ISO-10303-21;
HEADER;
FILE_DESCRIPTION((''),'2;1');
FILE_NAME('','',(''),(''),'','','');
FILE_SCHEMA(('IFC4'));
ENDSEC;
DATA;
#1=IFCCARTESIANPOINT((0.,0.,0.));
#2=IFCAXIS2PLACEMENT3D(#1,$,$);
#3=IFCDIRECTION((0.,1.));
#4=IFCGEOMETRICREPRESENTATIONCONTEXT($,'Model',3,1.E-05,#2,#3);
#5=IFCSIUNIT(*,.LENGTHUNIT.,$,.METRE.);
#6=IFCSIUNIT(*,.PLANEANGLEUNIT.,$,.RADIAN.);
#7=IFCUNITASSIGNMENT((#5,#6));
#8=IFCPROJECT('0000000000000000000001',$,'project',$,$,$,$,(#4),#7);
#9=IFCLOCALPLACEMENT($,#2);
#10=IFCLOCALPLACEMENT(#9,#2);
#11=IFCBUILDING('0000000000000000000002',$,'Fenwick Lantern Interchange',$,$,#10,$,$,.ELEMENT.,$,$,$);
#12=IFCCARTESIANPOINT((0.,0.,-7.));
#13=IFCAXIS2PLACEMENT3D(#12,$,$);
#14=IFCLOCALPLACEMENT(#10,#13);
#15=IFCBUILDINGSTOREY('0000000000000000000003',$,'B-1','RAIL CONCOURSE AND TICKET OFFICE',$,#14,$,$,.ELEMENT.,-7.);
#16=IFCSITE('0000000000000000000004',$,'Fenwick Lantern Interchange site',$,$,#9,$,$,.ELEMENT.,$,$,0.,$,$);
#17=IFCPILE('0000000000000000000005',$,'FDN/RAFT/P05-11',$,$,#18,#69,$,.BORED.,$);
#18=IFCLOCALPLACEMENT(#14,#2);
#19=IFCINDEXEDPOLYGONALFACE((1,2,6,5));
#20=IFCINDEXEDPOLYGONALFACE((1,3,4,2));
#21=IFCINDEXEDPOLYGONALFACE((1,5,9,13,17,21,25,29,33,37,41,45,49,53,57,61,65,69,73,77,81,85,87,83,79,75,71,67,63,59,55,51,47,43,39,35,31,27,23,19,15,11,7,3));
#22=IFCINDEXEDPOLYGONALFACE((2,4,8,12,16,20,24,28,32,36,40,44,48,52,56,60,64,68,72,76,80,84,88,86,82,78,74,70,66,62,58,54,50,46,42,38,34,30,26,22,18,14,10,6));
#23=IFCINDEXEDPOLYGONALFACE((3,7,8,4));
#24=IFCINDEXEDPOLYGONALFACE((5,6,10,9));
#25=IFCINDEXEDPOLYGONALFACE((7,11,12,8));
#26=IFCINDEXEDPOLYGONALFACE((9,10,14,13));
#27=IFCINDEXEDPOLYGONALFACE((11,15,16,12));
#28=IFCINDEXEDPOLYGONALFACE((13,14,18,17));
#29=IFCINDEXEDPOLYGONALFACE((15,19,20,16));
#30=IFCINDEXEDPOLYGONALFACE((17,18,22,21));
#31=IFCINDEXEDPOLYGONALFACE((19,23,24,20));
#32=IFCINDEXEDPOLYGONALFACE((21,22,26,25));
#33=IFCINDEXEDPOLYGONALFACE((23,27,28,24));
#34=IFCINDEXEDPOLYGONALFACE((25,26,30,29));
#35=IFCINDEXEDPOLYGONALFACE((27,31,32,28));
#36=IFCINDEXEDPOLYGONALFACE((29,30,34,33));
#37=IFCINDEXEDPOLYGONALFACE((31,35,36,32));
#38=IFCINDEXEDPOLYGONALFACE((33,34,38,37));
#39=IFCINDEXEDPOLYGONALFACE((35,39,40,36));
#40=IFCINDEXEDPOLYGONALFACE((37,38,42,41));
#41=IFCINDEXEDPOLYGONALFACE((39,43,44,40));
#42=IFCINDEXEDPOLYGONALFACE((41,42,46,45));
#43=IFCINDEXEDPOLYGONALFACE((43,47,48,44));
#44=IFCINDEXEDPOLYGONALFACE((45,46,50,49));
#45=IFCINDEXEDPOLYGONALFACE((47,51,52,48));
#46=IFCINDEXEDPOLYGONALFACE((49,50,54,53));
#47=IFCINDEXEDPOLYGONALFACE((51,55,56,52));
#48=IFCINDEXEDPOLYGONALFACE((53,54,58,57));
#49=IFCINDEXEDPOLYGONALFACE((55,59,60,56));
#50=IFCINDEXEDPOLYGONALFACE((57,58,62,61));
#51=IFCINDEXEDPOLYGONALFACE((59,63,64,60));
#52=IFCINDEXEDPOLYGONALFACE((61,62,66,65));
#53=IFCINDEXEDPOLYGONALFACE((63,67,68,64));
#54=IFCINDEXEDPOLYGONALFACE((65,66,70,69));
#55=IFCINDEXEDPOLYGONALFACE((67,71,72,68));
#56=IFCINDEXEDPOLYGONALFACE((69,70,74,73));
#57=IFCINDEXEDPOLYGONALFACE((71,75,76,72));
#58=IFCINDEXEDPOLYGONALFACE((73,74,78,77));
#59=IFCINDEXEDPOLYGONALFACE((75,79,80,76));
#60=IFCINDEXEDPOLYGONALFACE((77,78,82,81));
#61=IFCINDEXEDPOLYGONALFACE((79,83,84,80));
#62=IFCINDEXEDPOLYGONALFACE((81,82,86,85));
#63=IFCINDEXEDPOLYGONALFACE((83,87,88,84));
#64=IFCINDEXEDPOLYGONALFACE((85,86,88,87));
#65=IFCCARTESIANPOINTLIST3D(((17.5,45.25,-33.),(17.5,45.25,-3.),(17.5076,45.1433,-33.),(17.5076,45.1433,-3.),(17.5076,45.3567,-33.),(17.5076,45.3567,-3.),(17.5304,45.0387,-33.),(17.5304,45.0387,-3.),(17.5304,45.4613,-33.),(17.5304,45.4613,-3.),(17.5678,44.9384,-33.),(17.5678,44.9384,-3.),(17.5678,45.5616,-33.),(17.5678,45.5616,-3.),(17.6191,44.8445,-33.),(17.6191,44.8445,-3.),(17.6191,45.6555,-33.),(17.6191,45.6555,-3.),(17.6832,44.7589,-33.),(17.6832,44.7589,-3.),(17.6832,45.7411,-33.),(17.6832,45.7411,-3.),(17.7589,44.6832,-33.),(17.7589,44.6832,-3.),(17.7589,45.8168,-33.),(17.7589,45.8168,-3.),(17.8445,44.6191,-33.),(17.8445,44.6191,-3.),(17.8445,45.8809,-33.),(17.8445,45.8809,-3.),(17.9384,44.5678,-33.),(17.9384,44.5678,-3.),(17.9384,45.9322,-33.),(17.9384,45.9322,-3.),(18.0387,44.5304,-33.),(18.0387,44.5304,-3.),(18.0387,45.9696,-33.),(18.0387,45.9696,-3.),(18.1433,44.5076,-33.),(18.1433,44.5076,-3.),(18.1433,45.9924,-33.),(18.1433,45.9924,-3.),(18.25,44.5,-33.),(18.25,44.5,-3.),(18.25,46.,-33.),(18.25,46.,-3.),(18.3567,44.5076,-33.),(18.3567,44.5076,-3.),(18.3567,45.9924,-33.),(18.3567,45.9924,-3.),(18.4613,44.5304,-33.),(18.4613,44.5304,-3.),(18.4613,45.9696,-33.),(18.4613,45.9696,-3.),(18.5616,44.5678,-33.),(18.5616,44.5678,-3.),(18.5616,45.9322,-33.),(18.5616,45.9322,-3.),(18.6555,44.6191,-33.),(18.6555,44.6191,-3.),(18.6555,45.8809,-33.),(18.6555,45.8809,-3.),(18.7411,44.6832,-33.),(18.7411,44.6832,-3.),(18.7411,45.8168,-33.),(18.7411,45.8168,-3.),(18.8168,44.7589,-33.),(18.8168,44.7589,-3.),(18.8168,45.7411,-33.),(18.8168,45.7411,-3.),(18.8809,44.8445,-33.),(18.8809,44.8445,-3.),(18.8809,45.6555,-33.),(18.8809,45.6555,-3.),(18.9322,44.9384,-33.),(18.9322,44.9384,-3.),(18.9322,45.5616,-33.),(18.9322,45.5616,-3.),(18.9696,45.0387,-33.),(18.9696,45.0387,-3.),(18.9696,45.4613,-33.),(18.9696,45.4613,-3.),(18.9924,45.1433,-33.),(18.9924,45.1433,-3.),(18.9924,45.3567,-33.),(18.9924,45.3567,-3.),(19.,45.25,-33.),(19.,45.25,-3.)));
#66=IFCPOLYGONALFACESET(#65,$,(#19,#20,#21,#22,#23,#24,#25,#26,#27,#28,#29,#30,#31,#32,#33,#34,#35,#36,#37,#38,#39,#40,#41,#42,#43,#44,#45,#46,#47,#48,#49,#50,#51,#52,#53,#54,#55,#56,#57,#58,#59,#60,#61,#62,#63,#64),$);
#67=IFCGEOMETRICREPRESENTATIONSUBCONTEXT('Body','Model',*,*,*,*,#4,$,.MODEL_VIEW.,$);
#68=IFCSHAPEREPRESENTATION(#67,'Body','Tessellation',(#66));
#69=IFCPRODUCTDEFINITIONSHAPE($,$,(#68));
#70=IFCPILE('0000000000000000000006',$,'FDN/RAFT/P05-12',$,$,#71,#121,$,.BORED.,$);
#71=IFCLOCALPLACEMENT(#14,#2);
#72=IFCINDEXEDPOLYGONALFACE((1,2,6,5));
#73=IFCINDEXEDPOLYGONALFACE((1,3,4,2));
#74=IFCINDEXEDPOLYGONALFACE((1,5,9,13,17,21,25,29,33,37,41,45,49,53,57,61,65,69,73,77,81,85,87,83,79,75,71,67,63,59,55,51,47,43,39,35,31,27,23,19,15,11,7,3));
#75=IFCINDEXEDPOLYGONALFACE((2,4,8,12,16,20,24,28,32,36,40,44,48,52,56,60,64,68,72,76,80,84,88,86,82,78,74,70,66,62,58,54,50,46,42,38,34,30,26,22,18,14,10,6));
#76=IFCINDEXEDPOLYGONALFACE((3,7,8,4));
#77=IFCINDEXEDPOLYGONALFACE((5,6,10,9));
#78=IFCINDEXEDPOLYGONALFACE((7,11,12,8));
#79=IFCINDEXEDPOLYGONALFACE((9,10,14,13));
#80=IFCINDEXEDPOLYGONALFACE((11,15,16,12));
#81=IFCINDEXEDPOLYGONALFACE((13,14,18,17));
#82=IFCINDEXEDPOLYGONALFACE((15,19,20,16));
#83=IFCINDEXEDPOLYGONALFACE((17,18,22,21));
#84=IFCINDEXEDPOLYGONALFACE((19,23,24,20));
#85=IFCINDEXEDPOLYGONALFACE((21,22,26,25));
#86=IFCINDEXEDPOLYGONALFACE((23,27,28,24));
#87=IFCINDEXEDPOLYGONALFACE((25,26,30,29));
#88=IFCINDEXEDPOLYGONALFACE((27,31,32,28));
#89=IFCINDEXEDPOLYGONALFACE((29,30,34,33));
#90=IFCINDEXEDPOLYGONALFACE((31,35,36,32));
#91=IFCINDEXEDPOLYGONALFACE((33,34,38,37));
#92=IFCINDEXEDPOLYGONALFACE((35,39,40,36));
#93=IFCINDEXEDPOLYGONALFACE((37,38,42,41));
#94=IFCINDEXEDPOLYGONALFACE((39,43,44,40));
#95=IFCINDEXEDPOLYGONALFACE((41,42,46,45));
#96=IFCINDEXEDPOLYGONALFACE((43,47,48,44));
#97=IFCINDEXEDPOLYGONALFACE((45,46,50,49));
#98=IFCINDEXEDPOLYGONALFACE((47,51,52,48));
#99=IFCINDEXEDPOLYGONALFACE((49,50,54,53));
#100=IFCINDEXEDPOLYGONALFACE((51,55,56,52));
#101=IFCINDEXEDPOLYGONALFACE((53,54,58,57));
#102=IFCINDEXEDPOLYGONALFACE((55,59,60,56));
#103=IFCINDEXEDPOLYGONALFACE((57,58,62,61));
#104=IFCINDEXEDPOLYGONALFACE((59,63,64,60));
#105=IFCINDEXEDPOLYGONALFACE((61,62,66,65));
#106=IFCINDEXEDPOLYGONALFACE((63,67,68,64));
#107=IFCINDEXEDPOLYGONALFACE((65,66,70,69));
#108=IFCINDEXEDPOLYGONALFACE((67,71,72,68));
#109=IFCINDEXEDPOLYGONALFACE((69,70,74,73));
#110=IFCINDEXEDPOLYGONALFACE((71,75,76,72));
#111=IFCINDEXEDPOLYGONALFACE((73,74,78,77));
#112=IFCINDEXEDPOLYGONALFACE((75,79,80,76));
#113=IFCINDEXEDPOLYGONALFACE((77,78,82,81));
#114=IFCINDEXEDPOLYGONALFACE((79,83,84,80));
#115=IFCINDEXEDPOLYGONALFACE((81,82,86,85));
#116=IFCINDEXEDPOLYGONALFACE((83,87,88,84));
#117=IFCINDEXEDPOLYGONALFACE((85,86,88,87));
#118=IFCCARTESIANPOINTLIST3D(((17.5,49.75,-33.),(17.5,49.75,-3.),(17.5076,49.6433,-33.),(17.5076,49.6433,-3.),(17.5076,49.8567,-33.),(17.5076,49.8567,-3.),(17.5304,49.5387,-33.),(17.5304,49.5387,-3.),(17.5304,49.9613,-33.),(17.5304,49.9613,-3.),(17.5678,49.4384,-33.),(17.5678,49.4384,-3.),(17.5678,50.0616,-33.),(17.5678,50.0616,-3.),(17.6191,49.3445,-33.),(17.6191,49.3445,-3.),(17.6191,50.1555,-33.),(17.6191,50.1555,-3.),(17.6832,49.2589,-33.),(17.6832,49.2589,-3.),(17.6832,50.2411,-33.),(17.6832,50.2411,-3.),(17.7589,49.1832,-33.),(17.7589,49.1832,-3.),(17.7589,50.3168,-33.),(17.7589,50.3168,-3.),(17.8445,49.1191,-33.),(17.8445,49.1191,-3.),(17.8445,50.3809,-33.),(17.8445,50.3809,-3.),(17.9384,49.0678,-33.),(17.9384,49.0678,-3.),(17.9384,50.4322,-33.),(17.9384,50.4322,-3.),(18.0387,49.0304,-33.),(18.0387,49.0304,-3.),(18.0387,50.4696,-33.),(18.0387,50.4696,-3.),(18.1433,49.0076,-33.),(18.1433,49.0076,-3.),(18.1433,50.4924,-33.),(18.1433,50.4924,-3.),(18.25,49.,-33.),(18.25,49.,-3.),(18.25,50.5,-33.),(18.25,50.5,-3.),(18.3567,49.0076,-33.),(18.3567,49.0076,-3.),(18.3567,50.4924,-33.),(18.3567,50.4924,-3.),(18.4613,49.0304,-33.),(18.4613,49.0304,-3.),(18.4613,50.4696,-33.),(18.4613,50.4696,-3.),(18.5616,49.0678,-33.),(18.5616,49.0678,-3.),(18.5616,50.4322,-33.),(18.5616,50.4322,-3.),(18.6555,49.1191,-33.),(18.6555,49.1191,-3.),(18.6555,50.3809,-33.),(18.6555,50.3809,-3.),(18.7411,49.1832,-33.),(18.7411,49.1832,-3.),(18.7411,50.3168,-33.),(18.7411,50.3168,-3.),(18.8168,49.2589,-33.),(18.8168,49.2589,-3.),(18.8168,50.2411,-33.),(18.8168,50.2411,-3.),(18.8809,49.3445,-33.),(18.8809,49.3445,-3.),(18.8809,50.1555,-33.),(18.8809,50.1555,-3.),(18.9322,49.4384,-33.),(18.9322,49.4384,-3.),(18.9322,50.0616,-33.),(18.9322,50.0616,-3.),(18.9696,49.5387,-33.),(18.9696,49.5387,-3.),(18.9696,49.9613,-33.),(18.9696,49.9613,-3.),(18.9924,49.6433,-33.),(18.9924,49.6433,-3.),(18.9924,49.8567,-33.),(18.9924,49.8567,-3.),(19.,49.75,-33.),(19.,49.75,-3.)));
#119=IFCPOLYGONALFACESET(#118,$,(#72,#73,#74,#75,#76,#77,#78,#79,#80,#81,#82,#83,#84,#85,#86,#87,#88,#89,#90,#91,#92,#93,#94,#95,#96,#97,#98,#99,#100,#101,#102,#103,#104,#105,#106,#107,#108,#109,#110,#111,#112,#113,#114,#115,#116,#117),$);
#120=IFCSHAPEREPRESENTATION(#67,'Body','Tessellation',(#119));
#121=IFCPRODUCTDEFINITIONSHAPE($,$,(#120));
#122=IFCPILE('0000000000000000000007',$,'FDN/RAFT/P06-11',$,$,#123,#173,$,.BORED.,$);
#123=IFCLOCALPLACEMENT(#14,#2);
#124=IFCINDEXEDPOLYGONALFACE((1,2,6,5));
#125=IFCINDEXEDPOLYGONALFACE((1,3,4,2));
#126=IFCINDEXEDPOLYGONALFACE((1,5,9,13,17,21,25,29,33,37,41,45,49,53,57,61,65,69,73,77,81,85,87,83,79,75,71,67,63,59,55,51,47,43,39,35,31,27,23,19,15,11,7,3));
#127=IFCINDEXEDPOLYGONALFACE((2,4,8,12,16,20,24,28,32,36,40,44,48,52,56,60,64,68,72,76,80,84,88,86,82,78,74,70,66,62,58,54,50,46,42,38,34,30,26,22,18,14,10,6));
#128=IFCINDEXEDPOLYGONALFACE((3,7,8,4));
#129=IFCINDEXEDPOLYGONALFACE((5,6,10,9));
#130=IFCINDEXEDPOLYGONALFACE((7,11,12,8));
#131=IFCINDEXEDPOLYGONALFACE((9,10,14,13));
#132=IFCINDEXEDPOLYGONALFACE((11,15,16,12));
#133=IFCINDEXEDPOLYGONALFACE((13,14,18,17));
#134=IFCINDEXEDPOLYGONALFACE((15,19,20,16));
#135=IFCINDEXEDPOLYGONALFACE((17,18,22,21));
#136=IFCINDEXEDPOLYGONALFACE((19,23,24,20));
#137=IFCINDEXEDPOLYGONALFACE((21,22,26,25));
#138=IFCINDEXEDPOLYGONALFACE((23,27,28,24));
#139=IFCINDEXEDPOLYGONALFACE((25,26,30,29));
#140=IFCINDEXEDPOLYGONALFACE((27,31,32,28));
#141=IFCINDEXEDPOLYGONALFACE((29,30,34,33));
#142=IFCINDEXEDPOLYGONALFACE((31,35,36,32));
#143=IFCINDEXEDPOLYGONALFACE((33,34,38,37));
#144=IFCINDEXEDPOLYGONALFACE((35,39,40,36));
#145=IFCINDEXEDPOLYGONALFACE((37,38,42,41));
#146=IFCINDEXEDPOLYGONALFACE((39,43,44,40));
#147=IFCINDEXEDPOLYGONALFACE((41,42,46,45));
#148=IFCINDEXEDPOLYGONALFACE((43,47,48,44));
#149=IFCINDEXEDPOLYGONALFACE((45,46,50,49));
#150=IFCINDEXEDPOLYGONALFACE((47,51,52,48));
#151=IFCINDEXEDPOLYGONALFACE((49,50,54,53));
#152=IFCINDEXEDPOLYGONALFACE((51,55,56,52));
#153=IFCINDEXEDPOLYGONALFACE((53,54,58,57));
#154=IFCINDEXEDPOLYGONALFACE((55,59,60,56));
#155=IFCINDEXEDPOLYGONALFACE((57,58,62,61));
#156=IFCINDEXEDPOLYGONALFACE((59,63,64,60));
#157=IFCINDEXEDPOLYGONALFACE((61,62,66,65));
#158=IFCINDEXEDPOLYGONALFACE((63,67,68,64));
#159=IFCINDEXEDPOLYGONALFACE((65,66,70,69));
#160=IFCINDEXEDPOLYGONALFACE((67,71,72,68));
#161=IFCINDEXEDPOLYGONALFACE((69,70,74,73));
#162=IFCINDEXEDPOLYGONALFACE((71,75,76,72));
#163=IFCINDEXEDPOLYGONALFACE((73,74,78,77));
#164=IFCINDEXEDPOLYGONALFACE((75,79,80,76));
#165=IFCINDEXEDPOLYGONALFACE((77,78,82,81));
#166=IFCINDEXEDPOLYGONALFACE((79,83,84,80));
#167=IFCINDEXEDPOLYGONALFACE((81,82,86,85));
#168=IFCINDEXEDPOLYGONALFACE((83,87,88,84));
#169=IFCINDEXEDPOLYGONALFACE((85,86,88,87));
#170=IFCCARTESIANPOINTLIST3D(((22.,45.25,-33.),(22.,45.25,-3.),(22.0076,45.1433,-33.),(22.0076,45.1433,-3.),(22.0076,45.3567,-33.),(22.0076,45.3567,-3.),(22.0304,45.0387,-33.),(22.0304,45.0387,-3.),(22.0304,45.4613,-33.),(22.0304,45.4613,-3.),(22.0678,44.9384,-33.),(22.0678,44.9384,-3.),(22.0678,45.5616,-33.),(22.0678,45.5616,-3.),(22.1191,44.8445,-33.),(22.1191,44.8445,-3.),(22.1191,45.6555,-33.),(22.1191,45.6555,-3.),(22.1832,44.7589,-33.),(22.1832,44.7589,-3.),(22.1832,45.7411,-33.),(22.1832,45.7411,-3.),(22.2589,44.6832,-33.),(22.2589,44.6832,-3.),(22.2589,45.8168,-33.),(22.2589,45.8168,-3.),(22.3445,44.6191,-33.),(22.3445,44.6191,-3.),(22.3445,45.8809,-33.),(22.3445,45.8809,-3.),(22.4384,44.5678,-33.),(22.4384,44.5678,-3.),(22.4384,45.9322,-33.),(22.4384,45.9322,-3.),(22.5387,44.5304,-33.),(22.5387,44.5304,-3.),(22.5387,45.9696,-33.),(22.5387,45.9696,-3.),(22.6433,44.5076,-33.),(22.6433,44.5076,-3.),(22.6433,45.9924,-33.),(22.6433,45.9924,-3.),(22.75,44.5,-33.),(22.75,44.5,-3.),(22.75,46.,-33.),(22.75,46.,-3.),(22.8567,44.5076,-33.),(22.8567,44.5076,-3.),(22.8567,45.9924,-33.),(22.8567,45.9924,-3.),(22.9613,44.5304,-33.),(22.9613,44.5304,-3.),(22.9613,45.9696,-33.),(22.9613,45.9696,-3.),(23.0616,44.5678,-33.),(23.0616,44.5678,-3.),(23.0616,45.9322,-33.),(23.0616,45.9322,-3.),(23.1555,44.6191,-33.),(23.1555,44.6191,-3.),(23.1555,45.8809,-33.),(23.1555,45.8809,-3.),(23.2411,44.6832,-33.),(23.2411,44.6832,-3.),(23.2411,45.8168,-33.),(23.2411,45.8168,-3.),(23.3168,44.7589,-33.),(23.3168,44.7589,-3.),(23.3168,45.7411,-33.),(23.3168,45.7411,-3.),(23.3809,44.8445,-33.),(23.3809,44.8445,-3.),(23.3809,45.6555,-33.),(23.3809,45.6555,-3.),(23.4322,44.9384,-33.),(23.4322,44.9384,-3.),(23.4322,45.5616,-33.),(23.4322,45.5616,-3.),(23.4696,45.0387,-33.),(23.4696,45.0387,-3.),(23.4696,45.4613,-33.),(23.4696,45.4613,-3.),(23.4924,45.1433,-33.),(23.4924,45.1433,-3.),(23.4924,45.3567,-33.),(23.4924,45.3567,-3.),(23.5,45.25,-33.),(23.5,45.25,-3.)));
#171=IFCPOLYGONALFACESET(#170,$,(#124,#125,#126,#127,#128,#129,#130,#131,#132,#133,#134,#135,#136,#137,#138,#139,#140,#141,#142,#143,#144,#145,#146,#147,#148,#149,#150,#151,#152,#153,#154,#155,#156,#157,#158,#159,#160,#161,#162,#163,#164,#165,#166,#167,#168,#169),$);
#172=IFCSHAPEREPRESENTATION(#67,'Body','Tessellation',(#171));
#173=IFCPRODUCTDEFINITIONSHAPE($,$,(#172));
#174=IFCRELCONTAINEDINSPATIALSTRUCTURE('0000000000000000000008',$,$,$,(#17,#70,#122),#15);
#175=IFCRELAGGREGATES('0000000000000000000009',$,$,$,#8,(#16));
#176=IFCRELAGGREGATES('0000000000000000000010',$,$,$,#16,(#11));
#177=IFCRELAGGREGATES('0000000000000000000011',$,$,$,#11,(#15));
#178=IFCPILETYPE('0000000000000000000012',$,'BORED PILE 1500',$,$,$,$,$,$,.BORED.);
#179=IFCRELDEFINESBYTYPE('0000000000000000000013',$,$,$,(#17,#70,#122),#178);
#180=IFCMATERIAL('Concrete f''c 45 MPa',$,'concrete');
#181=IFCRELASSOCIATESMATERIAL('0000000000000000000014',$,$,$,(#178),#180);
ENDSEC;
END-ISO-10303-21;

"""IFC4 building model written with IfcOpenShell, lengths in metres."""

from ifc_helpers import new_model, si_unit, direction, frame, origin, origin_2d, place, context, subcontext, project, spatial, circle, extrude, material, type_object, element, save


model = new_model("IFC4")

# Units and contexts
model_context = context("Model", 3, precision=1e-05, world=origin(), true_north=direction((0.0, 1.0)))
body_context = subcontext(model_context, "Body", "Model", "MODEL_VIEW")
ifc_project = project(units=[si_unit("LENGTHUNIT", "METRE"), si_unit("PLANEANGLEUNIT", "RADIAN")], contexts=[model_context])

# Site, building, storey
site_placement = place(None, origin())
site = spatial("IfcSite", under=ifc_project, at=site_placement, Name="Fenwick Lantern Interchange site", CompositionType="ELEMENT", RefElevation=0.0)
building_placement = place(site_placement, origin())
building = spatial("IfcBuilding", under=site, at=building_placement, Name="Fenwick Lantern Interchange", CompositionType="ELEMENT")
storey_placement = place(building_placement, frame((0.0, 0.0, -7.0)))
storey = spatial("IfcBuildingStorey", under=building, at=storey_placement, Name="B-1", Description="RAIL CONCOURSE AND TICKET OFFICE", CompositionType="ELEMENT", Elevation=-7.0)

# Piles
ifc_material_1 = material(Name="Concrete f'c 45 MPa", Category="concrete")
pile_type_1 = type_object("IfcPileType", Name="BORED PILE 1500", PredefinedType="BORED", material=ifc_material_1)
for number, where, z_axis, x_axis, name in (
    (1, (18.25, 45.25, -3.0), (0.0, 0.0, -1.0), (1.0, 0.0, 0.0), "FDN/RAFT/P05-11"),
    (2, (18.25, 49.75, -3.0), (0.0, 0.0, -1.0), (1.0, 0.0, 0.0), "FDN/RAFT/P05-12"),
    (3, (22.75, 45.25, -3.0), (0.0, 0.0, -1.0), (1.0, 0.0, 0.0), "FDN/RAFT/P06-11"),
):
    element("IfcPile", number, at=place(storey_placement, frame(where, z_axis=z_axis, x_axis=x_axis)), inside=storey, type_object=pile_type_1, Name=name, PredefinedType="BORED", context=body_context, shape_type="SweptSolid", body=[
        extrude(circle(Radius=0.75, at=origin_2d()), origin(), (0.0, 0.0, 1.0), 30.0),
    ])

save(model, "model.ifc")
